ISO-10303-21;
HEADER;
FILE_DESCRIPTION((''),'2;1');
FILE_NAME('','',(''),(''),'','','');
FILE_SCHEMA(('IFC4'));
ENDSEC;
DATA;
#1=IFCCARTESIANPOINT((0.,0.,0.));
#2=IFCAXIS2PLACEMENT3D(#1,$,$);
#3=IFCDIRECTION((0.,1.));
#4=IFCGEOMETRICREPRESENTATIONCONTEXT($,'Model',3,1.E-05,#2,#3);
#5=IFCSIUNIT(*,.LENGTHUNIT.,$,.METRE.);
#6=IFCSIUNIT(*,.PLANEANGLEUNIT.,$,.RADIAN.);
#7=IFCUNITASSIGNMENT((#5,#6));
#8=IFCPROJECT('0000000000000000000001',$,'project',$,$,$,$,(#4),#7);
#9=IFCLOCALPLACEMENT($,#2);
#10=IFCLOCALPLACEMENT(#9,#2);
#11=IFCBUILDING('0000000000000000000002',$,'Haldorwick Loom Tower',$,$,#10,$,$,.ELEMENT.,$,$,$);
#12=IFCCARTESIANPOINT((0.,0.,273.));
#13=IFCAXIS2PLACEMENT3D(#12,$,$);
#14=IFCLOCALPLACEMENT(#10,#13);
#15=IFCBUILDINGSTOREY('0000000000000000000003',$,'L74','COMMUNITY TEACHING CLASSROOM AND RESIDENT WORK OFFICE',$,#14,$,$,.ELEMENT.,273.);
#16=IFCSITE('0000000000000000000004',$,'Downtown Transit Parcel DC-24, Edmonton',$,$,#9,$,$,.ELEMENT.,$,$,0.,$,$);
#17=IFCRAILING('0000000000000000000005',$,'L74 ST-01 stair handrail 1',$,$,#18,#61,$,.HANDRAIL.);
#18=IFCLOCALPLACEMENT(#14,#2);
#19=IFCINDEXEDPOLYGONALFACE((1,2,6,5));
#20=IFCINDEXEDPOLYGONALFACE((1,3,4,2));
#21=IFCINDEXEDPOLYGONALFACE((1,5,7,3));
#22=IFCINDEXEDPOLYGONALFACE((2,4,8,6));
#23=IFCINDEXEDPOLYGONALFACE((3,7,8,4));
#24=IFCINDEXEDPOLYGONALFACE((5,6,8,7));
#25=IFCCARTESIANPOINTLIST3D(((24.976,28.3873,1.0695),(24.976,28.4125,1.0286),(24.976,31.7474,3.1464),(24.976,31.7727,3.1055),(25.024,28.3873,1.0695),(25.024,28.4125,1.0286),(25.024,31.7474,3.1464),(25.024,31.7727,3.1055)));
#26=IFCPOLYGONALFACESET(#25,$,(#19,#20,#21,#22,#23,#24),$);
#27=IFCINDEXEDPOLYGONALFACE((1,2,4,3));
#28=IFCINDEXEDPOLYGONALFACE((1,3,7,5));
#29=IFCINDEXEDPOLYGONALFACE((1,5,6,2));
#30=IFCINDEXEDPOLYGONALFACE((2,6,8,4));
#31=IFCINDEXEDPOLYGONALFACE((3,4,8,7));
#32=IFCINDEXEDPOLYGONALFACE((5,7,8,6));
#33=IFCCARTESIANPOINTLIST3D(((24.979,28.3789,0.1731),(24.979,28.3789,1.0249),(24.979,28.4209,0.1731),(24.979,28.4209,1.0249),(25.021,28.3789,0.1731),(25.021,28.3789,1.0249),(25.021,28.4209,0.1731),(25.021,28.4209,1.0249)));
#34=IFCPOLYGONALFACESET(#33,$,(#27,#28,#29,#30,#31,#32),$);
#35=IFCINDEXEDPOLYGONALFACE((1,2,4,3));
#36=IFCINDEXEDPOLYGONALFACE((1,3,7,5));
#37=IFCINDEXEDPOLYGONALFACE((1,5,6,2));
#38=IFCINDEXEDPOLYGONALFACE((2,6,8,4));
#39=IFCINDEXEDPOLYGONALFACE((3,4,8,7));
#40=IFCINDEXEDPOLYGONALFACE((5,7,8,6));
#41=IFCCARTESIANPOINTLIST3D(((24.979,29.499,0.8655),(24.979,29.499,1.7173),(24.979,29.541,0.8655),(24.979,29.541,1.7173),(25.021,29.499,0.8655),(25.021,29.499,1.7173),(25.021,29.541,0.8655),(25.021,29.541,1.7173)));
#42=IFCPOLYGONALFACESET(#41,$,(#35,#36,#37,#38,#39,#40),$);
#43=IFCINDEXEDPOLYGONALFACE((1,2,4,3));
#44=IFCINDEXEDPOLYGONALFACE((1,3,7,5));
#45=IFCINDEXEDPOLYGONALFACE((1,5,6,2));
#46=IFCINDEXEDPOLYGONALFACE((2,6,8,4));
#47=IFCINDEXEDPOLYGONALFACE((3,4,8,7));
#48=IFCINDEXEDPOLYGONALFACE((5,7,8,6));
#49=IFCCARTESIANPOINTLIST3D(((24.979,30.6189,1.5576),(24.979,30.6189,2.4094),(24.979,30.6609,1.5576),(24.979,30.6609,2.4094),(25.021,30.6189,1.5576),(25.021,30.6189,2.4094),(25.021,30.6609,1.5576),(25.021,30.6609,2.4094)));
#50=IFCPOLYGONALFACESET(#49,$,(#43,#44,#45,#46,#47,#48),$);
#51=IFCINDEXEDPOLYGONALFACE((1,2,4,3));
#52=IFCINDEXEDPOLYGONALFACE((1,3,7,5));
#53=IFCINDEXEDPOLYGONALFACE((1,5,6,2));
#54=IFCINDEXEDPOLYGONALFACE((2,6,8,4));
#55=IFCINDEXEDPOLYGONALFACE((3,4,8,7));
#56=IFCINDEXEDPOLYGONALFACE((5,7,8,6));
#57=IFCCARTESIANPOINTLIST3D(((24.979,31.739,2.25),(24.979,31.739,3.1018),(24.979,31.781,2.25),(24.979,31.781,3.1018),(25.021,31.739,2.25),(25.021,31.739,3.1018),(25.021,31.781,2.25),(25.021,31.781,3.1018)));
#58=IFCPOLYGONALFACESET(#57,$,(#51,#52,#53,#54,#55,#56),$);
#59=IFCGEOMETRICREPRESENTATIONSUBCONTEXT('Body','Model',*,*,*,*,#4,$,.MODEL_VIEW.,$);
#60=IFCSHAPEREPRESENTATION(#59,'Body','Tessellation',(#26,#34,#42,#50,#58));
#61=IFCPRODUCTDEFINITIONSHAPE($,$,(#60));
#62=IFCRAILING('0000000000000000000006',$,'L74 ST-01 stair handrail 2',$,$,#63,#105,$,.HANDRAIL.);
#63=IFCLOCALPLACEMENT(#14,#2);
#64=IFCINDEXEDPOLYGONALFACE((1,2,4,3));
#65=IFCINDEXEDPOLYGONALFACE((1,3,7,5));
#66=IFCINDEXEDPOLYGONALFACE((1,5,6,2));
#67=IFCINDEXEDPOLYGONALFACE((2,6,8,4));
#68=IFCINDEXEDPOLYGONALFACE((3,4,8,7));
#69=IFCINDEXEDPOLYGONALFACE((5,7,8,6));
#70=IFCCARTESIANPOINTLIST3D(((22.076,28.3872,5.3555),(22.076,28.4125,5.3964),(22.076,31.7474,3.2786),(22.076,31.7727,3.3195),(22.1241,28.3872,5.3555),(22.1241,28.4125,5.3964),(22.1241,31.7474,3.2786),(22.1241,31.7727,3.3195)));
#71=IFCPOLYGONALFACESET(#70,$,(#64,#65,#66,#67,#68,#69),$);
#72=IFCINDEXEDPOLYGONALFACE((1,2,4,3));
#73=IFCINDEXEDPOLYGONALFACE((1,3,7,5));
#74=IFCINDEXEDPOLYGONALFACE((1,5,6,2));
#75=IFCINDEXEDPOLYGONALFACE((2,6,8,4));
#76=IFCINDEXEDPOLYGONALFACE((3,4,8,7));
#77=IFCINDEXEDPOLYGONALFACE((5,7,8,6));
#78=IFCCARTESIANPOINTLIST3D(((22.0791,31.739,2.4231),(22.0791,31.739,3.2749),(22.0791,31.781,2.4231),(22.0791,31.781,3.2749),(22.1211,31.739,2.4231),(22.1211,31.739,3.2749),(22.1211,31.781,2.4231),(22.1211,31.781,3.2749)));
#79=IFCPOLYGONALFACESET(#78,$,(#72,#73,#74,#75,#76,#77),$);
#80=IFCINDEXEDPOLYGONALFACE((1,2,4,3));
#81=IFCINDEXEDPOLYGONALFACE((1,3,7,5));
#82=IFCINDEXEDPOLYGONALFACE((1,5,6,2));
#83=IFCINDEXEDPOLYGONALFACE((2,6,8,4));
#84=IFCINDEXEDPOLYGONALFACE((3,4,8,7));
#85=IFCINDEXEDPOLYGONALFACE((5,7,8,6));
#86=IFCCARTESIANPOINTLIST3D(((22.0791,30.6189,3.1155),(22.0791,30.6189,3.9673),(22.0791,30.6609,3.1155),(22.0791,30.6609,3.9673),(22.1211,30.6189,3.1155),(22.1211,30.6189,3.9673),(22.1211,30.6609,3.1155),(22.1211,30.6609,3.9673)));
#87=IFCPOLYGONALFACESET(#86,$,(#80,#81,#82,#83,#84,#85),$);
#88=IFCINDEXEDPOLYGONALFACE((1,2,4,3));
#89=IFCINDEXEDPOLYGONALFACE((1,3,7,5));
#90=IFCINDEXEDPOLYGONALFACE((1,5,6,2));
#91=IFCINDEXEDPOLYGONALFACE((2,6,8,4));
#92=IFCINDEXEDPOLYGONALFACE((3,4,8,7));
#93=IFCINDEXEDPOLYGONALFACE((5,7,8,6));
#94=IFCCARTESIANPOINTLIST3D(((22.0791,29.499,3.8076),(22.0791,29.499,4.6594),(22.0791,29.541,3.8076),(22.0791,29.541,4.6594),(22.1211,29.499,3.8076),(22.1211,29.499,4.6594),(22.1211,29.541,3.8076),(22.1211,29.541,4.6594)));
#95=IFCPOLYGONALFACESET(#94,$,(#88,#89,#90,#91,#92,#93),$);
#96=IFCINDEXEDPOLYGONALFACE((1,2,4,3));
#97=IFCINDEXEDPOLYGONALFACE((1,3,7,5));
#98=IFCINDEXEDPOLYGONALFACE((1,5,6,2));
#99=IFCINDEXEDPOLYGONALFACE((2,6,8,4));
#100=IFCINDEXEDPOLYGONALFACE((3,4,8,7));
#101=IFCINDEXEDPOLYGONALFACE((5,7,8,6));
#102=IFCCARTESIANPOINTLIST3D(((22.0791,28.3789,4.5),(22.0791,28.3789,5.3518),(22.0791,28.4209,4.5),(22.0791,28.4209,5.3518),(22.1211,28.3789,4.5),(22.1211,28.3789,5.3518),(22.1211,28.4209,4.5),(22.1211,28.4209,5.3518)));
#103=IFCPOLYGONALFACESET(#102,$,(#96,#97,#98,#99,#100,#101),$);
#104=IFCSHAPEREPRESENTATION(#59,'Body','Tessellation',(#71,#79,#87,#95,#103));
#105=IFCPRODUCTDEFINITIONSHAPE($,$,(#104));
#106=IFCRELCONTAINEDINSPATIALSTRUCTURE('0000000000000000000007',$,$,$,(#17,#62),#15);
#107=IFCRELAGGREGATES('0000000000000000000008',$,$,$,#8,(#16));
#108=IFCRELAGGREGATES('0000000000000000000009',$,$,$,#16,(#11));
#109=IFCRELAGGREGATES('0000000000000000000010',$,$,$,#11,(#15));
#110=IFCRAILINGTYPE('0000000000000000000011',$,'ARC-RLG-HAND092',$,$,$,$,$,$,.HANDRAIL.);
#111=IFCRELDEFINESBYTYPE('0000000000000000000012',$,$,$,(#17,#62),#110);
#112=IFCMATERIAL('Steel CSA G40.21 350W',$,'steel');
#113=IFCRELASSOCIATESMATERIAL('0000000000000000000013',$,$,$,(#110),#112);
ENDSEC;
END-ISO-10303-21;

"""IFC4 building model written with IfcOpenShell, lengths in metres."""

from ifc_helpers import new_model, si_unit, direction, frame, origin, origin_2d, place, context, subcontext, project, spatial, rectangle, extrude, material, type_object, element, save


model = new_model("IFC4")

# Units and contexts
model_context = context("Model", 3, precision=1e-05, world=origin(), true_north=direction((0.0, 1.0)))
body_context = subcontext(model_context, "Body", "Model", "MODEL_VIEW")
ifc_project = project(units=[si_unit("LENGTHUNIT", "METRE"), si_unit("PLANEANGLEUNIT", "RADIAN")], contexts=[model_context])

# Site, building, storey
site_placement = place(None, origin())
site = spatial("IfcSite", under=ifc_project, at=site_placement, Name="Downtown Transit Parcel DC-24, Edmonton", CompositionType="ELEMENT", RefElevation=0.0)
building_placement = place(site_placement, origin())
building = spatial("IfcBuilding", under=site, at=building_placement, Name="Haldorwick Loom Tower", CompositionType="ELEMENT")
storey_placement = place(building_placement, frame((0.0, 0.0, 273.0)))
storey = spatial("IfcBuildingStorey", under=building, at=storey_placement, Name="L74", Description="COMMUNITY TEACHING CLASSROOM AND RESIDENT WORK OFFICE", CompositionType="ELEMENT", Elevation=273.0)

# Shared definitions
ifc_material_1 = material(Name="Steel CSA G40.21 350W", Category="steel")

# Railings
railing_type_1 = type_object("IfcRailingType", Name="ARC-RLG-HAND092", PredefinedType="HANDRAIL", material=ifc_material_1)
railing_1_placement = place(storey_placement, frame((25.0, 28.3999, 0.1731)))
element("IfcRailing", 1, at=railing_1_placement, inside=storey, type_object=railing_type_1, Name="L74 ST-01 stair handrail 1", PredefinedType="HANDRAIL", context=body_context, shape_type="SweptSolid", body=[
    extrude(rectangle(XDim=0.0481, YDim=0.0481, at=origin_2d()), frame((0.0, 0.0, 0.876), z_axis=(0.0, 0.850623, 0.525776), x_axis=(-1.0, 0.0, 0.0)), (0.0, 0.0, 1.0), 3.9502),
    extrude(rectangle(XDim=0.042, YDim=0.042, at=origin_2d()), origin(), (0.0, 0.0, 1.0), 0.8518),
    extrude(rectangle(XDim=0.042, YDim=0.042, at=origin_2d()), frame((0.0, 1.1201, 0.6924)), (0.0, 0.0, 1.0), 0.8518),
    extrude(rectangle(XDim=0.042, YDim=0.042, at=origin_2d()), frame((0.0, 2.24, 1.3845)), (0.0, 0.0, 1.0), 0.8518),
    extrude(rectangle(XDim=0.042, YDim=0.042, at=origin_2d()), frame((0.0, 3.3601, 2.0769)), (0.0, 0.0, 1.0), 0.8518),
])
railing_2_placement = place(storey_placement, frame((22.1001, 31.76, 2.4231)))
element("IfcRailing", 2, at=railing_2_placement, inside=storey, type_object=railing_type_1, Name="L74 ST-01 stair handrail 2", PredefinedType="HANDRAIL", context=body_context, shape_type="SweptSolid", body=[
    extrude(rectangle(XDim=0.0481, YDim=0.0481, at=origin_2d()), frame((0.0, 0.0, 0.876), z_axis=(0.0, -0.850623, 0.525776), x_axis=(1.0, 0.0, 0.0)), (0.0, 0.0, 1.0), 3.9502),
    extrude(rectangle(XDim=0.042, YDim=0.042, at=origin_2d()), origin(), (0.0, 0.0, 1.0), 0.8518),
    extrude(rectangle(XDim=0.042, YDim=0.042, at=origin_2d()), frame((0.0, -1.1201, 0.6924)), (0.0, 0.0, 1.0), 0.8518),
    extrude(rectangle(XDim=0.042, YDim=0.042, at=origin_2d()), frame((0.0, -2.24, 1.3845)), (0.0, 0.0, 1.0), 0.8518),
    extrude(rectangle(XDim=0.042, YDim=0.042, at=origin_2d()), frame((0.0, -3.3601, 2.0769)), (0.0, 0.0, 1.0), 0.8518),
])

save(model, "model.ifc")
